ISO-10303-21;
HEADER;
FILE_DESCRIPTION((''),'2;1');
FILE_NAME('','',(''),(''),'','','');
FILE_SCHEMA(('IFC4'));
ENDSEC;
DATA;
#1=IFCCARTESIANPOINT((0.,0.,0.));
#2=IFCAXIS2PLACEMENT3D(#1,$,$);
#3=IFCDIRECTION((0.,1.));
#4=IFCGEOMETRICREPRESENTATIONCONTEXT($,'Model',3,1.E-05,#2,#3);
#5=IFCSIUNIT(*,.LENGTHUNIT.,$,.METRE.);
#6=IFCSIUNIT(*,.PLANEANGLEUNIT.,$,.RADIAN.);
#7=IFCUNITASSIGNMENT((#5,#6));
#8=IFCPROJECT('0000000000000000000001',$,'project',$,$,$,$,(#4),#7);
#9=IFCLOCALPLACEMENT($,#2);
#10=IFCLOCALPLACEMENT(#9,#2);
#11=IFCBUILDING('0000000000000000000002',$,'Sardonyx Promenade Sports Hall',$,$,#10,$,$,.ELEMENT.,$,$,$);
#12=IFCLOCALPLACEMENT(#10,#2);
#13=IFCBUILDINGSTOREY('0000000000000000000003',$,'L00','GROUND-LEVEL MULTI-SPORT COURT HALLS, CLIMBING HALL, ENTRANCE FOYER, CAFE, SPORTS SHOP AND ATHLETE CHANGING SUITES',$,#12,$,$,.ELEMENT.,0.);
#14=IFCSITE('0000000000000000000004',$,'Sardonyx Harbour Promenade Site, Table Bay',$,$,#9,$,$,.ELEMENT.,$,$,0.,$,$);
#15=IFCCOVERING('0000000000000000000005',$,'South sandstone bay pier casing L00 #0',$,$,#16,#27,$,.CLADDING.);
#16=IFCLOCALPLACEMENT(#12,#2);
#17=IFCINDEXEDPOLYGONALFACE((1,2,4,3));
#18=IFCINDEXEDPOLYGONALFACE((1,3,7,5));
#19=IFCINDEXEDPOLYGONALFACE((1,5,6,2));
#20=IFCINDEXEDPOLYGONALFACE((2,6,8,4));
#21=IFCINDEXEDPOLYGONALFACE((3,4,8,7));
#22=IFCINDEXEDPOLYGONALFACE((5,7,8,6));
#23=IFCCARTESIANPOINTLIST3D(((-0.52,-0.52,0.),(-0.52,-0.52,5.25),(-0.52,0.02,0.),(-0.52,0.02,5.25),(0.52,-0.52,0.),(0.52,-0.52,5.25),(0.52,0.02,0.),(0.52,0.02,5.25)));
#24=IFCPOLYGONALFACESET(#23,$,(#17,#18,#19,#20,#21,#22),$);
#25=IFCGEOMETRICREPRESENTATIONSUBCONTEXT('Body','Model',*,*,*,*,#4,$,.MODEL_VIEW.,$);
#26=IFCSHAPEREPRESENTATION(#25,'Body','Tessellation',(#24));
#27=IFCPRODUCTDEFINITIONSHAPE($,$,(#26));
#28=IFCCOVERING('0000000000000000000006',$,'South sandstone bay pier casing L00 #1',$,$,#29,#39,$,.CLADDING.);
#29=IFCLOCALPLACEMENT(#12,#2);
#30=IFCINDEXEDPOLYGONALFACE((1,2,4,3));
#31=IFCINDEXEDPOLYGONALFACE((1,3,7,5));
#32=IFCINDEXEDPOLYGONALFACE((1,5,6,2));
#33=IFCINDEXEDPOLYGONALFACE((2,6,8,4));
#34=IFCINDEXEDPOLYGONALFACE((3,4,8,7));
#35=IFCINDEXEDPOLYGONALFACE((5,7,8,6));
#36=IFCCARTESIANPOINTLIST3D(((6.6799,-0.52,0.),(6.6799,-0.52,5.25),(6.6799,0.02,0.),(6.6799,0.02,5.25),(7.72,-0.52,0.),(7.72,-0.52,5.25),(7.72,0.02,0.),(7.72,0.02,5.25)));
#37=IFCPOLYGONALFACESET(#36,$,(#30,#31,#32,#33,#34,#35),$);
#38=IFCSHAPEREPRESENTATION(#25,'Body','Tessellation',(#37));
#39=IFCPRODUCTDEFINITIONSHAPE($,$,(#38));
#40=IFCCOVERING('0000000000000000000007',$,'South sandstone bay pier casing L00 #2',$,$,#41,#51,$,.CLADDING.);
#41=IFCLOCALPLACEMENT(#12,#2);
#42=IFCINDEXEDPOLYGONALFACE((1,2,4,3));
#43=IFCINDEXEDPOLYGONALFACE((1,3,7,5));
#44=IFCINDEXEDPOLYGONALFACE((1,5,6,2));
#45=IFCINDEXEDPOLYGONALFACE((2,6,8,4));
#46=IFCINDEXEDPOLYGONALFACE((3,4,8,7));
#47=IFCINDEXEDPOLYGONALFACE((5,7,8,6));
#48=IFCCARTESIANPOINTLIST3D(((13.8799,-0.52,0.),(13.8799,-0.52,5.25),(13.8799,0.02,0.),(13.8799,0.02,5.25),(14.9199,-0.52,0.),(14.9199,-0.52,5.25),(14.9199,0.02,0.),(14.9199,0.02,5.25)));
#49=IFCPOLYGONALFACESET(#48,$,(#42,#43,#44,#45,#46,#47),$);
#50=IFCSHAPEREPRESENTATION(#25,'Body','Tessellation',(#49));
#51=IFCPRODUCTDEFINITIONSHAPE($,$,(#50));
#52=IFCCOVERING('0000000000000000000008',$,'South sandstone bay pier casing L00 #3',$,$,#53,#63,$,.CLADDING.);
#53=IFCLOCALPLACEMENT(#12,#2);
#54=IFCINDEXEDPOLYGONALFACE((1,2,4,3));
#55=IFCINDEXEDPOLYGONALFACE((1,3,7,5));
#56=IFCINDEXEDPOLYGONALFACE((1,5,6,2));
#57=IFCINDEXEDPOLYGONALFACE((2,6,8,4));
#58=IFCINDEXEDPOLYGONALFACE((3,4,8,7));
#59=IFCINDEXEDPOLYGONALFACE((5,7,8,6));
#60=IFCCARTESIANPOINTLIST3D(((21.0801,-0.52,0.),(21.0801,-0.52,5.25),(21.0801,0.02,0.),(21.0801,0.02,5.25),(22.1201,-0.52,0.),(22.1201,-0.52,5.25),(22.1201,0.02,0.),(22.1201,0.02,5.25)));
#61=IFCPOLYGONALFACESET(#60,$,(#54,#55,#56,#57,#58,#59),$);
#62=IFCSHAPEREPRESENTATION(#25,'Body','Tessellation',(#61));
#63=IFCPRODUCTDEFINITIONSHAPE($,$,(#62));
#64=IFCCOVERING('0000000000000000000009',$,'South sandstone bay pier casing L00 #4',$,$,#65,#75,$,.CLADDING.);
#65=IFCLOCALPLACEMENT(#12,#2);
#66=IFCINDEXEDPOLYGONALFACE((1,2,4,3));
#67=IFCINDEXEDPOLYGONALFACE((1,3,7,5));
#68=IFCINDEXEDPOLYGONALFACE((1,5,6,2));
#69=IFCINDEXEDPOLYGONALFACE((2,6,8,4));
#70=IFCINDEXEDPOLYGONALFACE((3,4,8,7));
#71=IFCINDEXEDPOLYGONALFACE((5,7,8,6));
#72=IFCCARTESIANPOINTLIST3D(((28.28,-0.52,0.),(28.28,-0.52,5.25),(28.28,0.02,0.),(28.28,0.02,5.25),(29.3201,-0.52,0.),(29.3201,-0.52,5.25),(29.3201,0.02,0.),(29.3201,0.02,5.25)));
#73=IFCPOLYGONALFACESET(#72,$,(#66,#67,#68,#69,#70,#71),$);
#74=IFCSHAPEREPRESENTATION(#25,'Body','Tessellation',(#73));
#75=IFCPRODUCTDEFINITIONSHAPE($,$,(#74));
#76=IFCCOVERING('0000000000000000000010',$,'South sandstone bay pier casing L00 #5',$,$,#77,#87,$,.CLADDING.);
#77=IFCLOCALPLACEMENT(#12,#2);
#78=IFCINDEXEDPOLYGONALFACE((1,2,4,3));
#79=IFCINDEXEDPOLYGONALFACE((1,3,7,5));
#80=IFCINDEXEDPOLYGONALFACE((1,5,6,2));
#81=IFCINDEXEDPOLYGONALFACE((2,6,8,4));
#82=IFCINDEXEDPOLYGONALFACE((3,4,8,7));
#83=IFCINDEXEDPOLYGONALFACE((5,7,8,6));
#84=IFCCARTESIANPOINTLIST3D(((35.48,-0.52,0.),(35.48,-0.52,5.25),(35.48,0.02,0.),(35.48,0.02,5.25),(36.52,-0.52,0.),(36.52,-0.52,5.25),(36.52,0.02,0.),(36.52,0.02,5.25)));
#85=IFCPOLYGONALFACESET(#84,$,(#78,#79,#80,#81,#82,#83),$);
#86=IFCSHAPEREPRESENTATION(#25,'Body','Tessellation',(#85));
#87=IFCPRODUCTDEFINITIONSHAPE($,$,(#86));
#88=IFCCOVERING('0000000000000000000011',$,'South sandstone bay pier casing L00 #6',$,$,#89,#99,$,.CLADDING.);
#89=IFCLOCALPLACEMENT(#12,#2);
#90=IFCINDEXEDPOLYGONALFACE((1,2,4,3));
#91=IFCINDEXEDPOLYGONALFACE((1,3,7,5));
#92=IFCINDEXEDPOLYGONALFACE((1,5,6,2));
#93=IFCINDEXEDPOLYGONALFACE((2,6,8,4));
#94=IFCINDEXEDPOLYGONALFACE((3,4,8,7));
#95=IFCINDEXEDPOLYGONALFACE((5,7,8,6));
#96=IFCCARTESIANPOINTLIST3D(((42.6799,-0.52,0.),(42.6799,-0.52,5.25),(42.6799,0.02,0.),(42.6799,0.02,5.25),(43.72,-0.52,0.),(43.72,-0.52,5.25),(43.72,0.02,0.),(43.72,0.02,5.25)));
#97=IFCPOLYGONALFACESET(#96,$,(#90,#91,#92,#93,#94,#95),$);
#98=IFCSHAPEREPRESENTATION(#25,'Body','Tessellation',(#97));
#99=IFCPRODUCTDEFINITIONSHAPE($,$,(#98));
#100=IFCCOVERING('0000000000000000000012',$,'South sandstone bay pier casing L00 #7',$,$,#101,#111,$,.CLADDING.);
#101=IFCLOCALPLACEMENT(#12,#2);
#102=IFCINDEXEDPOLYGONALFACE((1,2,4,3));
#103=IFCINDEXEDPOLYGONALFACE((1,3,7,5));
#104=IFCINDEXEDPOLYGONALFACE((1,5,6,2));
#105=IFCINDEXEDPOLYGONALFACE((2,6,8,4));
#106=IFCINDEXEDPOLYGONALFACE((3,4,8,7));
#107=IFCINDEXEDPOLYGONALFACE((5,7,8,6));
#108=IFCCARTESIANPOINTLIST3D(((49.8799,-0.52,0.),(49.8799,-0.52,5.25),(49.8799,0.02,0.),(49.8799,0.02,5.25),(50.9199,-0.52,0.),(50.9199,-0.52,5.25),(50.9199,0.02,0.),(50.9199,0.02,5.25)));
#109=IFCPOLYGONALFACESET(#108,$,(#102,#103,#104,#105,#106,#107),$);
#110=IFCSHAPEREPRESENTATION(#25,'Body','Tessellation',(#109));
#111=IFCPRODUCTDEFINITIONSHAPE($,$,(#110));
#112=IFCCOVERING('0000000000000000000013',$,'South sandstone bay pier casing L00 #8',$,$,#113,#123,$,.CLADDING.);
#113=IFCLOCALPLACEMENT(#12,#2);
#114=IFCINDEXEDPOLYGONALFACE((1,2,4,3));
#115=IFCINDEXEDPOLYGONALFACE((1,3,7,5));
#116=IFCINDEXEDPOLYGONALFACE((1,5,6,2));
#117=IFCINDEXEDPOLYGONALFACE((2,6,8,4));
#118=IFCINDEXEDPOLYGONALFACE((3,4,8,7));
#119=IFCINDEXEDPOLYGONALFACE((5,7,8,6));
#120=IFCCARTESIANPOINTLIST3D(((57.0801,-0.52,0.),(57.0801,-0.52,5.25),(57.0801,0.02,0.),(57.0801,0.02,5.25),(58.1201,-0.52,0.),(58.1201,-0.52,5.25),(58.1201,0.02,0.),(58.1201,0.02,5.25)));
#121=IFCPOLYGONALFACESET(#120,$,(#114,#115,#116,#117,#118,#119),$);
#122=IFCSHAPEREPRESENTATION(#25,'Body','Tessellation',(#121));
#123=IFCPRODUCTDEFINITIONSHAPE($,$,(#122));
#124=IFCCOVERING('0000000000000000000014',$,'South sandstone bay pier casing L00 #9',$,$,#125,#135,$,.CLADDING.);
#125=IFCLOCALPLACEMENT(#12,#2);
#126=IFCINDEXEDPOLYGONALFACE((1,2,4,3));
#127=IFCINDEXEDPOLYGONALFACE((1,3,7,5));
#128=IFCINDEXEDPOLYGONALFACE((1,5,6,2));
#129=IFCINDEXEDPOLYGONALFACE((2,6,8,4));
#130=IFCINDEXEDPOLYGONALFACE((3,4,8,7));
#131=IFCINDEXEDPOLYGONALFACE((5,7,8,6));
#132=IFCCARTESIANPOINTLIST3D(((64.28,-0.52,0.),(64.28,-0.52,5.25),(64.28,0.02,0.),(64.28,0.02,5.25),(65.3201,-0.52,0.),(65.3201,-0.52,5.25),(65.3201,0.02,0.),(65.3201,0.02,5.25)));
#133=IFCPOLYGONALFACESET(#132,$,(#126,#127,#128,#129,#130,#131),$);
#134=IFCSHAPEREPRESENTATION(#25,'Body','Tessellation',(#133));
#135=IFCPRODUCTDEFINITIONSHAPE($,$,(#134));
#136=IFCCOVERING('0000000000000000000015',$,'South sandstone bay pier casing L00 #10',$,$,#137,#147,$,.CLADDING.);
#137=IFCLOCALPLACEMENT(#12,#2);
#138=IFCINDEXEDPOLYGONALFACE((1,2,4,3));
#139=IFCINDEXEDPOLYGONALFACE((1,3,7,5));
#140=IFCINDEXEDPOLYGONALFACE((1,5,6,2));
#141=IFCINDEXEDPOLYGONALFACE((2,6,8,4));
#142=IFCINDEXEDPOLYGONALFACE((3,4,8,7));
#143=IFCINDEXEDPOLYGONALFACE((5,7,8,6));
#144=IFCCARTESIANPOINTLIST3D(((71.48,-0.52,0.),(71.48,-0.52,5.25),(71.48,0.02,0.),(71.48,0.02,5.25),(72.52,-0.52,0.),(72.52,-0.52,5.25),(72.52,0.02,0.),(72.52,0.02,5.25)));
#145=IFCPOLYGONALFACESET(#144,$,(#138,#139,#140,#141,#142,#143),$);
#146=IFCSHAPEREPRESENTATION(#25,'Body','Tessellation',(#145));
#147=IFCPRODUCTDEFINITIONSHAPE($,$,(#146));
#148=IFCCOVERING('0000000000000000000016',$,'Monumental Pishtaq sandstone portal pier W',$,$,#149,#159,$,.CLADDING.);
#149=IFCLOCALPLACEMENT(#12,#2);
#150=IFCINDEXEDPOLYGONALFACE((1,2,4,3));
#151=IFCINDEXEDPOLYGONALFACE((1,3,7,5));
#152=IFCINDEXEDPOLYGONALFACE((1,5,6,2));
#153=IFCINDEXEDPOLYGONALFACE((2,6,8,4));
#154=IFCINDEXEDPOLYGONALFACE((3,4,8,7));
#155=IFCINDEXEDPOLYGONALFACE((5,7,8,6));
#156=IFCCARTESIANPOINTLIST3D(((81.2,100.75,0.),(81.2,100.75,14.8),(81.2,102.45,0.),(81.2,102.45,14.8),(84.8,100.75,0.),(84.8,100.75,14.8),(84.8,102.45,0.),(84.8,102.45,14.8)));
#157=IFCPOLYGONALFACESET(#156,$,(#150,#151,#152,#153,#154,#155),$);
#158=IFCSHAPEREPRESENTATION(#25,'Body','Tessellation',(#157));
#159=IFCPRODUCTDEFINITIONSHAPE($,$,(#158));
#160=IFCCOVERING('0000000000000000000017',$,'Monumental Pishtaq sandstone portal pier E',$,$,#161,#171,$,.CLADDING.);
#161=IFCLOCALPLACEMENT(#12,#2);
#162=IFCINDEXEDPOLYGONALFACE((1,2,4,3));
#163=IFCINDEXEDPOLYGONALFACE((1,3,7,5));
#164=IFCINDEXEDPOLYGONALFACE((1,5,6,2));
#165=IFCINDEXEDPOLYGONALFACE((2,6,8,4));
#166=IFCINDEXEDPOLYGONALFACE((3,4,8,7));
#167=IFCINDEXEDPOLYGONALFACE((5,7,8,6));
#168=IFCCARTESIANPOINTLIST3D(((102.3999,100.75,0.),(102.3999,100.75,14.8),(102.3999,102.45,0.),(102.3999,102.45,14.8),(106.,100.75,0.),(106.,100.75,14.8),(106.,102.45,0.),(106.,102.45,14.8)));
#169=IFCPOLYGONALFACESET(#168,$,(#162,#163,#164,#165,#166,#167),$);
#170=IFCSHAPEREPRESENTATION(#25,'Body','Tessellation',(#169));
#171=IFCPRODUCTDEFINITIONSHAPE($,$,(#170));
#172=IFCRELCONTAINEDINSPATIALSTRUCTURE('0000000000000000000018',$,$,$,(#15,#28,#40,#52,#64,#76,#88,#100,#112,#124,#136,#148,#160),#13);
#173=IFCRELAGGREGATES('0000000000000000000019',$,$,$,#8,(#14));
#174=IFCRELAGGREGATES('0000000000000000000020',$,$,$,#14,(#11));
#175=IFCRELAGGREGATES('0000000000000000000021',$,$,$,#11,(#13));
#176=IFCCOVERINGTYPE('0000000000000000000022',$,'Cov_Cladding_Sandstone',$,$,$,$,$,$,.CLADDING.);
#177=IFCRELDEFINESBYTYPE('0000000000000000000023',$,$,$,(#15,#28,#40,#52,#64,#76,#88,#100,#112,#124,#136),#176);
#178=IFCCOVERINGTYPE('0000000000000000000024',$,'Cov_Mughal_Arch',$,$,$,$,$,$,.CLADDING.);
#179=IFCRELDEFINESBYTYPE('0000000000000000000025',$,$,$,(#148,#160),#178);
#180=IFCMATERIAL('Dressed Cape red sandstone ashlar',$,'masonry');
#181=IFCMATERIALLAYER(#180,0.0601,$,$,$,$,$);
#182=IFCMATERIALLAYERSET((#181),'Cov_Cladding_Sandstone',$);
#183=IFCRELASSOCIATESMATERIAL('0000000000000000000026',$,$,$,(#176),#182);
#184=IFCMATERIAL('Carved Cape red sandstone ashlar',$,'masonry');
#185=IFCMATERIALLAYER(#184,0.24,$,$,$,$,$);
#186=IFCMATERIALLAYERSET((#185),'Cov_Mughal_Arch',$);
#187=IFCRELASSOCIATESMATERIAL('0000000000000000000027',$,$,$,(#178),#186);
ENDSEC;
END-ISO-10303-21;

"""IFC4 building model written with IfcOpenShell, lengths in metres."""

from ifc_helpers import new_model, si_unit, direction, origin, place, context, subcontext, project, spatial, polyline, outline, extrude, material, layer, layer_set, type_object, element, save


model = new_model("IFC4")

# Units and contexts
model_context = context("Model", 3, precision=1e-05, world=origin(), true_north=direction((0.0, 1.0)))
body_context = subcontext(model_context, "Body", "Model", "MODEL_VIEW")
ifc_project = project(units=[si_unit("LENGTHUNIT", "METRE"), si_unit("PLANEANGLEUNIT", "RADIAN")], contexts=[model_context])

# Site, building, storey
site_placement = place(None, origin())
site = spatial("IfcSite", under=ifc_project, at=site_placement, Name="Sardonyx Harbour Promenade Site, Table Bay", CompositionType="ELEMENT", RefElevation=0.0)
building_placement = place(site_placement, origin())
building = spatial("IfcBuilding", under=site, at=building_placement, Name="Sardonyx Promenade Sports Hall", CompositionType="ELEMENT")
storey_placement = place(building_placement, origin())
storey = spatial("IfcBuildingStorey", under=building, at=storey_placement, Name="L00", Description="GROUND-LEVEL MULTI-SPORT COURT HALLS, CLIMBING HALL, ENTRANCE FOYER, CAFE, SPORTS SHOP AND ATHLETE CHANGING SUITES", CompositionType="ELEMENT", Elevation=0.0)

# Coverings
ifc_material_1 = material(Name="Dressed Cape red sandstone ashlar", Category="masonry")
ifc_layer_1 = layer(ifc_material_1, 0.0601)
ifc_layer_set_1 = layer_set([ifc_layer_1], Name="Cov_Cladding_Sandstone")
covering_type_1 = type_object("IfcCoveringType", Name="Cov_Cladding_Sandstone", PredefinedType="CLADDING", material=ifc_layer_set_1)
covering_1_placement = place(storey_placement, origin())
element("IfcCovering", 1, at=covering_1_placement, inside=storey, type_object=covering_type_1, Name="South sandstone bay pier casing L00 #0", PredefinedType="CLADDING", context=body_context, shape_type="SweptSolid", body=[
    extrude(outline(polyline([(-0.52, -0.52), (0.52, -0.52), (0.52, 0.02), (-0.52, 0.02), (-0.52, -0.52)])), origin(), (0.0, 0.0, 1.0), 5.25),
])
covering_2_placement = place(storey_placement, origin())
element("IfcCovering", 2, at=covering_2_placement, inside=storey, type_object=covering_type_1, Name="South sandstone bay pier casing L00 #1", PredefinedType="CLADDING", context=body_context, shape_type="SweptSolid", body=[
    extrude(outline(polyline([(6.6799, -0.52), (7.72, -0.52), (7.72, 0.02), (6.6799, 0.02), (6.6799, -0.52)])), origin(), (0.0, 0.0, 1.0), 5.25),
])
covering_3_placement = place(storey_placement, origin())
element("IfcCovering", 3, at=covering_3_placement, inside=storey, type_object=covering_type_1, Name="South sandstone bay pier casing L00 #2", PredefinedType="CLADDING", context=body_context, shape_type="SweptSolid", body=[
    extrude(outline(polyline([(13.8799, -0.52), (14.9199, -0.52), (14.9199, 0.02), (13.8799, 0.02), (13.8799, -0.52)])), origin(), (0.0, 0.0, 1.0), 5.25),
])
covering_4_placement = place(storey_placement, origin())
element("IfcCovering", 4, at=covering_4_placement, inside=storey, type_object=covering_type_1, Name="South sandstone bay pier casing L00 #3", PredefinedType="CLADDING", context=body_context, shape_type="SweptSolid", body=[
    extrude(outline(polyline([(21.0801, -0.52), (22.1201, -0.52), (22.1201, 0.02), (21.0801, 0.02), (21.0801, -0.52)])), origin(), (0.0, 0.0, 1.0), 5.25),
])
covering_5_placement = place(storey_placement, origin())
element("IfcCovering", 5, at=covering_5_placement, inside=storey, type_object=covering_type_1, Name="South sandstone bay pier casing L00 #4", PredefinedType="CLADDING", context=body_context, shape_type="SweptSolid", body=[
    extrude(outline(polyline([(28.28, -0.52), (29.3201, -0.52), (29.3201, 0.02), (28.28, 0.02), (28.28, -0.52)])), origin(), (0.0, 0.0, 1.0), 5.25),
])
covering_6_placement = place(storey_placement, origin())
element("IfcCovering", 6, at=covering_6_placement, inside=storey, type_object=covering_type_1, Name="South sandstone bay pier casing L00 #5", PredefinedType="CLADDING", context=body_context, shape_type="SweptSolid", body=[
    extrude(outline(polyline([(35.48, -0.52), (36.52, -0.52), (36.52, 0.02), (35.48, 0.02), (35.48, -0.52)])), origin(), (0.0, 0.0, 1.0), 5.25),
])
covering_7_placement = place(storey_placement, origin())
element("IfcCovering", 7, at=covering_7_placement, inside=storey, type_object=covering_type_1, Name="South sandstone bay pier casing L00 #6", PredefinedType="CLADDING", context=body_context, shape_type="SweptSolid", body=[
    extrude(outline(polyline([(42.6799, -0.52), (43.72, -0.52), (43.72, 0.02), (42.6799, 0.02), (42.6799, -0.52)])), origin(), (0.0, 0.0, 1.0), 5.25),
])
covering_8_placement = place(storey_placement, origin())
element("IfcCovering", 8, at=covering_8_placement, inside=storey, type_object=covering_type_1, Name="South sandstone bay pier casing L00 #7", PredefinedType="CLADDING", context=body_context, shape_type="SweptSolid", body=[
    extrude(outline(polyline([(49.8799, -0.52), (50.9199, -0.52), (50.9199, 0.02), (49.8799, 0.02), (49.8799, -0.52)])), origin(), (0.0, 0.0, 1.0), 5.25),
])
covering_9_placement = place(storey_placement, origin())
element("IfcCovering", 9, at=covering_9_placement, inside=storey, type_object=covering_type_1, Name="South sandstone bay pier casing L00 #8", PredefinedType="CLADDING", context=body_context, shape_type="SweptSolid", body=[
    extrude(outline(polyline([(57.0801, -0.52), (58.1201, -0.52), (58.1201, 0.02), (57.0801, 0.02), (57.0801, -0.52)])), origin(), (0.0, 0.0, 1.0), 5.25),
])
covering_10_placement = place(storey_placement, origin())
element("IfcCovering", 10, at=covering_10_placement, inside=storey, type_object=covering_type_1, Name="South sandstone bay pier casing L00 #9", PredefinedType="CLADDING", context=body_context, shape_type="SweptSolid", body=[
    extrude(outline(polyline([(64.28, -0.52), (65.3201, -0.52), (65.3201, 0.02), (64.28, 0.02), (64.28, -0.52)])), origin(), (0.0, 0.0, 1.0), 5.25),
])
covering_11_placement = place(storey_placement, origin())
element("IfcCovering", 11, at=covering_11_placement, inside=storey, type_object=covering_type_1, Name="South sandstone bay pier casing L00 #10", PredefinedType="CLADDING", context=body_context, shape_type="SweptSolid", body=[
    extrude(outline(polyline([(71.48, -0.52), (72.52, -0.52), (72.52, 0.02), (71.48, 0.02), (71.48, -0.52)])), origin(), (0.0, 0.0, 1.0), 5.25),
])
ifc_material_2 = material(Name="Carved Cape red sandstone ashlar", Category="masonry")
ifc_layer_2 = layer(ifc_material_2, 0.24)
ifc_layer_set_2 = layer_set([ifc_layer_2], Name="Cov_Mughal_Arch")
covering_type_2 = type_object("IfcCoveringType", Name="Cov_Mughal_Arch", PredefinedType="CLADDING", material=ifc_layer_set_2)
covering_12_placement = place(storey_placement, origin())
element("IfcCovering", 12, at=covering_12_placement, inside=storey, type_object=covering_type_2, Name="Monumental Pishtaq sandstone portal pier W", PredefinedType="CLADDING", context=body_context, shape_type="SweptSolid", body=[
    extrude(outline(polyline([(81.2, 100.75), (84.8, 100.75), (84.8, 102.45), (81.2, 102.45), (81.2, 100.75)])), origin(), (0.0, 0.0, 1.0), 14.8),
])
covering_13_placement = place(storey_placement, origin())
element("IfcCovering", 13, at=covering_13_placement, inside=storey, type_object=covering_type_2, Name="Monumental Pishtaq sandstone portal pier E", PredefinedType="CLADDING", context=body_context, shape_type="SweptSolid", body=[
    extrude(outline(polyline([(102.3999, 100.75), (106.0, 100.75), (106.0, 102.45), (102.3999, 102.45), (102.3999, 100.75)])), origin(), (0.0, 0.0, 1.0), 14.8),
])

save(model, "model.ifc")
